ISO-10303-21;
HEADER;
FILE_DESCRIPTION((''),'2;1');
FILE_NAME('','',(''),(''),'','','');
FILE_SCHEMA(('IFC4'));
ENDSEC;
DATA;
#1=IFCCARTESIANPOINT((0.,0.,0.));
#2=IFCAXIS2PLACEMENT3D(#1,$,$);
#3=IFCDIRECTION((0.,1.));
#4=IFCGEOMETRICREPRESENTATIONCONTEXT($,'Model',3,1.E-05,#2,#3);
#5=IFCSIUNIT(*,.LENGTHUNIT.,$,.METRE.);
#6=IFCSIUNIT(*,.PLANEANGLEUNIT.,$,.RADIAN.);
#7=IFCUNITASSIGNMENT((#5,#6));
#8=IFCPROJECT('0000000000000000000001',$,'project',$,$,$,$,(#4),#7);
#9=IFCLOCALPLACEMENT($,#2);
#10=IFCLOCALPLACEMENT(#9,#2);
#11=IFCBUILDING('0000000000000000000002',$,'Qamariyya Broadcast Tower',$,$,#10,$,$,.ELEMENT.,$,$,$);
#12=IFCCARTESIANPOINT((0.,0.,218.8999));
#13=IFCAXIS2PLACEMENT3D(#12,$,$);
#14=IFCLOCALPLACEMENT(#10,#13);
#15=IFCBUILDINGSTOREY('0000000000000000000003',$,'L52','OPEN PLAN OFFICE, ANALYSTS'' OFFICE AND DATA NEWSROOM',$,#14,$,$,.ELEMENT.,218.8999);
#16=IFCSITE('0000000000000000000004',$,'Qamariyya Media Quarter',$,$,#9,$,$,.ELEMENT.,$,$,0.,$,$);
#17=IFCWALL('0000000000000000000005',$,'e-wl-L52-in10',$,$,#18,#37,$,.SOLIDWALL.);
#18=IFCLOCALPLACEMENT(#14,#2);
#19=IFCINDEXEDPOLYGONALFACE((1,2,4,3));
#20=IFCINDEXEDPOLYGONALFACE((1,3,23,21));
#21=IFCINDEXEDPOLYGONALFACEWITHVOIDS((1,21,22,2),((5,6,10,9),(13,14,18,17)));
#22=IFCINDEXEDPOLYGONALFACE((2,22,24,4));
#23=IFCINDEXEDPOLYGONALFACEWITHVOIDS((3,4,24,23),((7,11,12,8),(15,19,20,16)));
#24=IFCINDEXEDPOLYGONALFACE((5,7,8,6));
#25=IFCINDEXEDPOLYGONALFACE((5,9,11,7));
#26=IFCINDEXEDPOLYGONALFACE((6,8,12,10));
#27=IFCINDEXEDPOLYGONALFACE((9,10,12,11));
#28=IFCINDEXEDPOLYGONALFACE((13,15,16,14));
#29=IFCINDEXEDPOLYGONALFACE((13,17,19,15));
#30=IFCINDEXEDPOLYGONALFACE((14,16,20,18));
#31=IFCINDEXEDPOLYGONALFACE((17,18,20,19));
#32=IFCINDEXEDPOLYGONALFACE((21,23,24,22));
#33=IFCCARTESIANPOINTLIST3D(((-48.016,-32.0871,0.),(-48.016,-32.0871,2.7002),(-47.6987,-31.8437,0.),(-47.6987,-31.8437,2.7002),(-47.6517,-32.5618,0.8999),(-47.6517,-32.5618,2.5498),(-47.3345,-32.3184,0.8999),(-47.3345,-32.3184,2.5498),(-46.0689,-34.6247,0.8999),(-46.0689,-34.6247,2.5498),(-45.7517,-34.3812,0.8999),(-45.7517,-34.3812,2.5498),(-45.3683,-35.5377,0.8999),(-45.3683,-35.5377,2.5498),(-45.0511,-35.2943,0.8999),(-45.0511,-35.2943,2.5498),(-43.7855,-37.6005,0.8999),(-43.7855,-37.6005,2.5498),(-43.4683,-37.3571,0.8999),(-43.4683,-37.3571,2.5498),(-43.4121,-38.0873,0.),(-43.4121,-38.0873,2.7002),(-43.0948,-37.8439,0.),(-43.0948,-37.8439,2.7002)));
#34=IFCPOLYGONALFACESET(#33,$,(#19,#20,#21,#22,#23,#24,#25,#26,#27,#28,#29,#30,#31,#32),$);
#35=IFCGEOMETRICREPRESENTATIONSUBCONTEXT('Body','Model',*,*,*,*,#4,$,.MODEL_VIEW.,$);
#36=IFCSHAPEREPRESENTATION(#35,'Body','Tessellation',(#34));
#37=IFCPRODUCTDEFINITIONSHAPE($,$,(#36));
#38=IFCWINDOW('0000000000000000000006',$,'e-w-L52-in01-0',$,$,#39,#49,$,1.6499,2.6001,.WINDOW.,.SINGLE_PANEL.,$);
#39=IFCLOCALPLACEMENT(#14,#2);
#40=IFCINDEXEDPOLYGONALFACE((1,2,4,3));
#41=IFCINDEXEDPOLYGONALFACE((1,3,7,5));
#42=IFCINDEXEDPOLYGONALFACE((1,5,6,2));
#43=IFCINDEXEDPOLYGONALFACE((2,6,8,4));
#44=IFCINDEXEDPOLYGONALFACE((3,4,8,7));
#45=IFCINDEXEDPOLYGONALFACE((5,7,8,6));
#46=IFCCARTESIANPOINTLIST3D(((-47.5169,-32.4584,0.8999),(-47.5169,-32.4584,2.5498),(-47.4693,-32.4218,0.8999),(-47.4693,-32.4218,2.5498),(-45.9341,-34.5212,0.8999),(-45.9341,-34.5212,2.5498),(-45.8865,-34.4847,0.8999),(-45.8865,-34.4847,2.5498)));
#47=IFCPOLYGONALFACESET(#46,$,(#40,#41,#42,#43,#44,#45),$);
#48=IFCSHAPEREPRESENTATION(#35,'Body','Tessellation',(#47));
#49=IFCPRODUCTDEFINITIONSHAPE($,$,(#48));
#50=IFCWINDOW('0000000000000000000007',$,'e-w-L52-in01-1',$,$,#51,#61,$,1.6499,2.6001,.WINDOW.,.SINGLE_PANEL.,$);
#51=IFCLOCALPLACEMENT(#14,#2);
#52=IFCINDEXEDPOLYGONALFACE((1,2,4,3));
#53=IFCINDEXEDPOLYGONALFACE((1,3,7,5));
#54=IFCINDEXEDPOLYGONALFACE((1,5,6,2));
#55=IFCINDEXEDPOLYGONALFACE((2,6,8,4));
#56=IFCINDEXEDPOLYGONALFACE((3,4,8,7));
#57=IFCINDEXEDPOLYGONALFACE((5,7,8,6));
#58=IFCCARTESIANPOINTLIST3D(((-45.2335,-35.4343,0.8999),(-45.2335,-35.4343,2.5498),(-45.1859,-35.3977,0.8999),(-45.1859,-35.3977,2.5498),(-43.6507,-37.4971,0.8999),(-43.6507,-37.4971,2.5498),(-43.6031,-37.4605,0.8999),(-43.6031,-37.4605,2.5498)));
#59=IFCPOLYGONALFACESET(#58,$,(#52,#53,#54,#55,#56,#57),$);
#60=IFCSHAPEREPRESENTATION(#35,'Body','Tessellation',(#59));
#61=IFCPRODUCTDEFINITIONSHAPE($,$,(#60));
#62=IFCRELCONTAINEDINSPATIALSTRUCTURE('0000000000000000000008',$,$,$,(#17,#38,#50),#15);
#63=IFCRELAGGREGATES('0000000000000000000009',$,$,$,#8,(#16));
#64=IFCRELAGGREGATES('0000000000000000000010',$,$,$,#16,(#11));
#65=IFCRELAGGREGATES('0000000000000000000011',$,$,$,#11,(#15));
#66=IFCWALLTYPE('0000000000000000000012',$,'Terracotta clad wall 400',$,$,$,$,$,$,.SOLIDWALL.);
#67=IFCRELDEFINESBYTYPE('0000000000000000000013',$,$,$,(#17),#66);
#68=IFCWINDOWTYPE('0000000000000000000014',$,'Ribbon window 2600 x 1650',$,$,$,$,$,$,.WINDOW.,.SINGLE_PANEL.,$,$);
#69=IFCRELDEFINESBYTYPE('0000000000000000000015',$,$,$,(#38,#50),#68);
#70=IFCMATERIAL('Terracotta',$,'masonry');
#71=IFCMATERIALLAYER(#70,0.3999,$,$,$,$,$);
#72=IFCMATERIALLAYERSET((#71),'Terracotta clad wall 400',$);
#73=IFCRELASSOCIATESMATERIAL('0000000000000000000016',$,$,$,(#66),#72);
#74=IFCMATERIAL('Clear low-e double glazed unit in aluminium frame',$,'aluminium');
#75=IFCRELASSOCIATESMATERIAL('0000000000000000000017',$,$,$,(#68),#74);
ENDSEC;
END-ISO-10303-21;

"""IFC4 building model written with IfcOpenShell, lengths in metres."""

from ifc_helpers import new_model, si_unit, direction, frame, frame_2d, origin, place, context, subcontext, project, spatial, rectangle, extrude, material, layer, layer_set, type_object, element, fill, save


model = new_model("IFC4")

# Units and contexts
model_context = context("Model", 3, precision=1e-05, world=origin(), true_north=direction((0.0, 1.0)))
body_context = subcontext(model_context, "Body", "Model", "MODEL_VIEW")
ifc_project = project(units=[si_unit("LENGTHUNIT", "METRE"), si_unit("PLANEANGLEUNIT", "RADIAN")], contexts=[model_context])

# Site, building, storey
site_placement = place(None, origin())
site = spatial("IfcSite", under=ifc_project, at=site_placement, Name="Qamariyya Media Quarter", CompositionType="ELEMENT", RefElevation=0.0)
building_placement = place(site_placement, origin())
building = spatial("IfcBuilding", under=site, at=building_placement, Name="Qamariyya Broadcast Tower", CompositionType="ELEMENT")
storey_placement = place(building_placement, frame((0.0, 0.0, 218.8999)))
storey = spatial("IfcBuildingStorey", under=building, at=storey_placement, Name="L52", Description="OPEN PLAN OFFICE, ANALYSTS' OFFICE AND DATA NEWSROOM", CompositionType="ELEMENT", Elevation=218.8999)

# Shared definitions
ifc_material_1 = material(Name="Terracotta", Category="masonry")
ifc_layer = layer(ifc_material_1, 0.3999)
ifc_layer_set = layer_set([ifc_layer], Name="Terracotta clad wall 400")
wall_type = type_object("IfcWallType", Name="Terracotta clad wall 400", PredefinedType="SOLIDWALL", material=ifc_layer_set)
ifc_material_2 = material(Name="Clear low-e double glazed unit in aluminium frame", Category="aluminium")

# Wall, openings, windows
wall_1_placement = place(storey_placement, frame((-43.2534, -37.9656, 0.0), z_axis=(0.0, 0.0, 1.0), x_axis=(-0.608749, 0.793363, 0.0)))
wall_1 = element("IfcWall", 1, at=wall_1_placement, inside=storey, type_object=wall_type, Name="e-wl-L52-in10", PredefinedType="SOLIDWALL", context=body_context, shape_type="SweptSolid", body=[
    extrude(rectangle(XDim=7.563, YDim=0.3999, at=frame_2d((3.7815, 0.0))), origin(), (0.0, 0.0, 1.0), 2.7002),
])
opening_1_placement = place(wall_1_placement, frame((4.3645, 0.0, 0.8999)))
opening_1 = element("IfcOpeningElement", 2, at=opening_1_placement, cuts=wall_1, PredefinedType="OPENING", context=body_context, shape_type="SweptSolid", body=[
    extrude(rectangle(XDim=2.6001, YDim=1.6499, at=frame_2d((1.3, 0.825))), frame((0.0, 0.21, 0.0), z_axis=(0.0, -1.0, 0.0), x_axis=(1.0, 0.0, 0.0)), (0.0, 0.0, 1.0), 0.4199),
])
opening_2_placement = place(wall_1_placement, frame((0.6135, 0.0, 0.8999)))
opening_2 = element("IfcOpeningElement", 3, at=opening_2_placement, cuts=wall_1, PredefinedType="OPENING", context=body_context, shape_type="SweptSolid", body=[
    extrude(rectangle(XDim=2.6001, YDim=1.6499, at=frame_2d((1.3, 0.825))), frame((0.0, 0.21, 0.0), z_axis=(0.0, -1.0, 0.0), x_axis=(1.0, 0.0, 0.0)), (0.0, 0.0, 1.0), 0.4199),
])
window_type_1 = type_object("IfcWindowType", Name="Ribbon window 2600 x 1650", PartitioningType="SINGLE_PANEL", PredefinedType="WINDOW", material=ifc_material_2)
window_1_placement = place(opening_1_placement, origin())
window_1 = element("IfcWindow", 4, at=window_1_placement, inside=storey, type_object=window_type_1, Name="e-w-L52-in01-0", OverallHeight=1.6499, OverallWidth=2.6001, PartitioningType="SINGLE_PANEL", PredefinedType="WINDOW", context=body_context, shape_type="SweptSolid", body=[
    extrude(rectangle(XDim=2.6001, YDim=1.6499, at=frame_2d((1.3, 0.825))), frame((0.0, 0.03, 0.0), z_axis=(0.0, -1.0, 0.0), x_axis=(1.0, 0.0, 0.0)), (0.0, 0.0, 1.0), 0.0601),
])
fill(opening_1, window_1)
window_2_placement = place(opening_2_placement, origin())
window_2 = element("IfcWindow", 5, at=window_2_placement, inside=storey, type_object=window_type_1, Name="e-w-L52-in01-1", OverallHeight=1.6499, OverallWidth=2.6001, PartitioningType="SINGLE_PANEL", PredefinedType="WINDOW", context=body_context, shape_type="SweptSolid", body=[
    extrude(rectangle(XDim=2.6001, YDim=1.6499, at=frame_2d((1.3, 0.825))), frame((0.0, 0.03, 0.0), z_axis=(0.0, -1.0, 0.0), x_axis=(1.0, 0.0, 0.0)), (0.0, 0.0, 1.0), 0.0601),
])
fill(opening_2, window_2)

save(model, "model.ifc")
